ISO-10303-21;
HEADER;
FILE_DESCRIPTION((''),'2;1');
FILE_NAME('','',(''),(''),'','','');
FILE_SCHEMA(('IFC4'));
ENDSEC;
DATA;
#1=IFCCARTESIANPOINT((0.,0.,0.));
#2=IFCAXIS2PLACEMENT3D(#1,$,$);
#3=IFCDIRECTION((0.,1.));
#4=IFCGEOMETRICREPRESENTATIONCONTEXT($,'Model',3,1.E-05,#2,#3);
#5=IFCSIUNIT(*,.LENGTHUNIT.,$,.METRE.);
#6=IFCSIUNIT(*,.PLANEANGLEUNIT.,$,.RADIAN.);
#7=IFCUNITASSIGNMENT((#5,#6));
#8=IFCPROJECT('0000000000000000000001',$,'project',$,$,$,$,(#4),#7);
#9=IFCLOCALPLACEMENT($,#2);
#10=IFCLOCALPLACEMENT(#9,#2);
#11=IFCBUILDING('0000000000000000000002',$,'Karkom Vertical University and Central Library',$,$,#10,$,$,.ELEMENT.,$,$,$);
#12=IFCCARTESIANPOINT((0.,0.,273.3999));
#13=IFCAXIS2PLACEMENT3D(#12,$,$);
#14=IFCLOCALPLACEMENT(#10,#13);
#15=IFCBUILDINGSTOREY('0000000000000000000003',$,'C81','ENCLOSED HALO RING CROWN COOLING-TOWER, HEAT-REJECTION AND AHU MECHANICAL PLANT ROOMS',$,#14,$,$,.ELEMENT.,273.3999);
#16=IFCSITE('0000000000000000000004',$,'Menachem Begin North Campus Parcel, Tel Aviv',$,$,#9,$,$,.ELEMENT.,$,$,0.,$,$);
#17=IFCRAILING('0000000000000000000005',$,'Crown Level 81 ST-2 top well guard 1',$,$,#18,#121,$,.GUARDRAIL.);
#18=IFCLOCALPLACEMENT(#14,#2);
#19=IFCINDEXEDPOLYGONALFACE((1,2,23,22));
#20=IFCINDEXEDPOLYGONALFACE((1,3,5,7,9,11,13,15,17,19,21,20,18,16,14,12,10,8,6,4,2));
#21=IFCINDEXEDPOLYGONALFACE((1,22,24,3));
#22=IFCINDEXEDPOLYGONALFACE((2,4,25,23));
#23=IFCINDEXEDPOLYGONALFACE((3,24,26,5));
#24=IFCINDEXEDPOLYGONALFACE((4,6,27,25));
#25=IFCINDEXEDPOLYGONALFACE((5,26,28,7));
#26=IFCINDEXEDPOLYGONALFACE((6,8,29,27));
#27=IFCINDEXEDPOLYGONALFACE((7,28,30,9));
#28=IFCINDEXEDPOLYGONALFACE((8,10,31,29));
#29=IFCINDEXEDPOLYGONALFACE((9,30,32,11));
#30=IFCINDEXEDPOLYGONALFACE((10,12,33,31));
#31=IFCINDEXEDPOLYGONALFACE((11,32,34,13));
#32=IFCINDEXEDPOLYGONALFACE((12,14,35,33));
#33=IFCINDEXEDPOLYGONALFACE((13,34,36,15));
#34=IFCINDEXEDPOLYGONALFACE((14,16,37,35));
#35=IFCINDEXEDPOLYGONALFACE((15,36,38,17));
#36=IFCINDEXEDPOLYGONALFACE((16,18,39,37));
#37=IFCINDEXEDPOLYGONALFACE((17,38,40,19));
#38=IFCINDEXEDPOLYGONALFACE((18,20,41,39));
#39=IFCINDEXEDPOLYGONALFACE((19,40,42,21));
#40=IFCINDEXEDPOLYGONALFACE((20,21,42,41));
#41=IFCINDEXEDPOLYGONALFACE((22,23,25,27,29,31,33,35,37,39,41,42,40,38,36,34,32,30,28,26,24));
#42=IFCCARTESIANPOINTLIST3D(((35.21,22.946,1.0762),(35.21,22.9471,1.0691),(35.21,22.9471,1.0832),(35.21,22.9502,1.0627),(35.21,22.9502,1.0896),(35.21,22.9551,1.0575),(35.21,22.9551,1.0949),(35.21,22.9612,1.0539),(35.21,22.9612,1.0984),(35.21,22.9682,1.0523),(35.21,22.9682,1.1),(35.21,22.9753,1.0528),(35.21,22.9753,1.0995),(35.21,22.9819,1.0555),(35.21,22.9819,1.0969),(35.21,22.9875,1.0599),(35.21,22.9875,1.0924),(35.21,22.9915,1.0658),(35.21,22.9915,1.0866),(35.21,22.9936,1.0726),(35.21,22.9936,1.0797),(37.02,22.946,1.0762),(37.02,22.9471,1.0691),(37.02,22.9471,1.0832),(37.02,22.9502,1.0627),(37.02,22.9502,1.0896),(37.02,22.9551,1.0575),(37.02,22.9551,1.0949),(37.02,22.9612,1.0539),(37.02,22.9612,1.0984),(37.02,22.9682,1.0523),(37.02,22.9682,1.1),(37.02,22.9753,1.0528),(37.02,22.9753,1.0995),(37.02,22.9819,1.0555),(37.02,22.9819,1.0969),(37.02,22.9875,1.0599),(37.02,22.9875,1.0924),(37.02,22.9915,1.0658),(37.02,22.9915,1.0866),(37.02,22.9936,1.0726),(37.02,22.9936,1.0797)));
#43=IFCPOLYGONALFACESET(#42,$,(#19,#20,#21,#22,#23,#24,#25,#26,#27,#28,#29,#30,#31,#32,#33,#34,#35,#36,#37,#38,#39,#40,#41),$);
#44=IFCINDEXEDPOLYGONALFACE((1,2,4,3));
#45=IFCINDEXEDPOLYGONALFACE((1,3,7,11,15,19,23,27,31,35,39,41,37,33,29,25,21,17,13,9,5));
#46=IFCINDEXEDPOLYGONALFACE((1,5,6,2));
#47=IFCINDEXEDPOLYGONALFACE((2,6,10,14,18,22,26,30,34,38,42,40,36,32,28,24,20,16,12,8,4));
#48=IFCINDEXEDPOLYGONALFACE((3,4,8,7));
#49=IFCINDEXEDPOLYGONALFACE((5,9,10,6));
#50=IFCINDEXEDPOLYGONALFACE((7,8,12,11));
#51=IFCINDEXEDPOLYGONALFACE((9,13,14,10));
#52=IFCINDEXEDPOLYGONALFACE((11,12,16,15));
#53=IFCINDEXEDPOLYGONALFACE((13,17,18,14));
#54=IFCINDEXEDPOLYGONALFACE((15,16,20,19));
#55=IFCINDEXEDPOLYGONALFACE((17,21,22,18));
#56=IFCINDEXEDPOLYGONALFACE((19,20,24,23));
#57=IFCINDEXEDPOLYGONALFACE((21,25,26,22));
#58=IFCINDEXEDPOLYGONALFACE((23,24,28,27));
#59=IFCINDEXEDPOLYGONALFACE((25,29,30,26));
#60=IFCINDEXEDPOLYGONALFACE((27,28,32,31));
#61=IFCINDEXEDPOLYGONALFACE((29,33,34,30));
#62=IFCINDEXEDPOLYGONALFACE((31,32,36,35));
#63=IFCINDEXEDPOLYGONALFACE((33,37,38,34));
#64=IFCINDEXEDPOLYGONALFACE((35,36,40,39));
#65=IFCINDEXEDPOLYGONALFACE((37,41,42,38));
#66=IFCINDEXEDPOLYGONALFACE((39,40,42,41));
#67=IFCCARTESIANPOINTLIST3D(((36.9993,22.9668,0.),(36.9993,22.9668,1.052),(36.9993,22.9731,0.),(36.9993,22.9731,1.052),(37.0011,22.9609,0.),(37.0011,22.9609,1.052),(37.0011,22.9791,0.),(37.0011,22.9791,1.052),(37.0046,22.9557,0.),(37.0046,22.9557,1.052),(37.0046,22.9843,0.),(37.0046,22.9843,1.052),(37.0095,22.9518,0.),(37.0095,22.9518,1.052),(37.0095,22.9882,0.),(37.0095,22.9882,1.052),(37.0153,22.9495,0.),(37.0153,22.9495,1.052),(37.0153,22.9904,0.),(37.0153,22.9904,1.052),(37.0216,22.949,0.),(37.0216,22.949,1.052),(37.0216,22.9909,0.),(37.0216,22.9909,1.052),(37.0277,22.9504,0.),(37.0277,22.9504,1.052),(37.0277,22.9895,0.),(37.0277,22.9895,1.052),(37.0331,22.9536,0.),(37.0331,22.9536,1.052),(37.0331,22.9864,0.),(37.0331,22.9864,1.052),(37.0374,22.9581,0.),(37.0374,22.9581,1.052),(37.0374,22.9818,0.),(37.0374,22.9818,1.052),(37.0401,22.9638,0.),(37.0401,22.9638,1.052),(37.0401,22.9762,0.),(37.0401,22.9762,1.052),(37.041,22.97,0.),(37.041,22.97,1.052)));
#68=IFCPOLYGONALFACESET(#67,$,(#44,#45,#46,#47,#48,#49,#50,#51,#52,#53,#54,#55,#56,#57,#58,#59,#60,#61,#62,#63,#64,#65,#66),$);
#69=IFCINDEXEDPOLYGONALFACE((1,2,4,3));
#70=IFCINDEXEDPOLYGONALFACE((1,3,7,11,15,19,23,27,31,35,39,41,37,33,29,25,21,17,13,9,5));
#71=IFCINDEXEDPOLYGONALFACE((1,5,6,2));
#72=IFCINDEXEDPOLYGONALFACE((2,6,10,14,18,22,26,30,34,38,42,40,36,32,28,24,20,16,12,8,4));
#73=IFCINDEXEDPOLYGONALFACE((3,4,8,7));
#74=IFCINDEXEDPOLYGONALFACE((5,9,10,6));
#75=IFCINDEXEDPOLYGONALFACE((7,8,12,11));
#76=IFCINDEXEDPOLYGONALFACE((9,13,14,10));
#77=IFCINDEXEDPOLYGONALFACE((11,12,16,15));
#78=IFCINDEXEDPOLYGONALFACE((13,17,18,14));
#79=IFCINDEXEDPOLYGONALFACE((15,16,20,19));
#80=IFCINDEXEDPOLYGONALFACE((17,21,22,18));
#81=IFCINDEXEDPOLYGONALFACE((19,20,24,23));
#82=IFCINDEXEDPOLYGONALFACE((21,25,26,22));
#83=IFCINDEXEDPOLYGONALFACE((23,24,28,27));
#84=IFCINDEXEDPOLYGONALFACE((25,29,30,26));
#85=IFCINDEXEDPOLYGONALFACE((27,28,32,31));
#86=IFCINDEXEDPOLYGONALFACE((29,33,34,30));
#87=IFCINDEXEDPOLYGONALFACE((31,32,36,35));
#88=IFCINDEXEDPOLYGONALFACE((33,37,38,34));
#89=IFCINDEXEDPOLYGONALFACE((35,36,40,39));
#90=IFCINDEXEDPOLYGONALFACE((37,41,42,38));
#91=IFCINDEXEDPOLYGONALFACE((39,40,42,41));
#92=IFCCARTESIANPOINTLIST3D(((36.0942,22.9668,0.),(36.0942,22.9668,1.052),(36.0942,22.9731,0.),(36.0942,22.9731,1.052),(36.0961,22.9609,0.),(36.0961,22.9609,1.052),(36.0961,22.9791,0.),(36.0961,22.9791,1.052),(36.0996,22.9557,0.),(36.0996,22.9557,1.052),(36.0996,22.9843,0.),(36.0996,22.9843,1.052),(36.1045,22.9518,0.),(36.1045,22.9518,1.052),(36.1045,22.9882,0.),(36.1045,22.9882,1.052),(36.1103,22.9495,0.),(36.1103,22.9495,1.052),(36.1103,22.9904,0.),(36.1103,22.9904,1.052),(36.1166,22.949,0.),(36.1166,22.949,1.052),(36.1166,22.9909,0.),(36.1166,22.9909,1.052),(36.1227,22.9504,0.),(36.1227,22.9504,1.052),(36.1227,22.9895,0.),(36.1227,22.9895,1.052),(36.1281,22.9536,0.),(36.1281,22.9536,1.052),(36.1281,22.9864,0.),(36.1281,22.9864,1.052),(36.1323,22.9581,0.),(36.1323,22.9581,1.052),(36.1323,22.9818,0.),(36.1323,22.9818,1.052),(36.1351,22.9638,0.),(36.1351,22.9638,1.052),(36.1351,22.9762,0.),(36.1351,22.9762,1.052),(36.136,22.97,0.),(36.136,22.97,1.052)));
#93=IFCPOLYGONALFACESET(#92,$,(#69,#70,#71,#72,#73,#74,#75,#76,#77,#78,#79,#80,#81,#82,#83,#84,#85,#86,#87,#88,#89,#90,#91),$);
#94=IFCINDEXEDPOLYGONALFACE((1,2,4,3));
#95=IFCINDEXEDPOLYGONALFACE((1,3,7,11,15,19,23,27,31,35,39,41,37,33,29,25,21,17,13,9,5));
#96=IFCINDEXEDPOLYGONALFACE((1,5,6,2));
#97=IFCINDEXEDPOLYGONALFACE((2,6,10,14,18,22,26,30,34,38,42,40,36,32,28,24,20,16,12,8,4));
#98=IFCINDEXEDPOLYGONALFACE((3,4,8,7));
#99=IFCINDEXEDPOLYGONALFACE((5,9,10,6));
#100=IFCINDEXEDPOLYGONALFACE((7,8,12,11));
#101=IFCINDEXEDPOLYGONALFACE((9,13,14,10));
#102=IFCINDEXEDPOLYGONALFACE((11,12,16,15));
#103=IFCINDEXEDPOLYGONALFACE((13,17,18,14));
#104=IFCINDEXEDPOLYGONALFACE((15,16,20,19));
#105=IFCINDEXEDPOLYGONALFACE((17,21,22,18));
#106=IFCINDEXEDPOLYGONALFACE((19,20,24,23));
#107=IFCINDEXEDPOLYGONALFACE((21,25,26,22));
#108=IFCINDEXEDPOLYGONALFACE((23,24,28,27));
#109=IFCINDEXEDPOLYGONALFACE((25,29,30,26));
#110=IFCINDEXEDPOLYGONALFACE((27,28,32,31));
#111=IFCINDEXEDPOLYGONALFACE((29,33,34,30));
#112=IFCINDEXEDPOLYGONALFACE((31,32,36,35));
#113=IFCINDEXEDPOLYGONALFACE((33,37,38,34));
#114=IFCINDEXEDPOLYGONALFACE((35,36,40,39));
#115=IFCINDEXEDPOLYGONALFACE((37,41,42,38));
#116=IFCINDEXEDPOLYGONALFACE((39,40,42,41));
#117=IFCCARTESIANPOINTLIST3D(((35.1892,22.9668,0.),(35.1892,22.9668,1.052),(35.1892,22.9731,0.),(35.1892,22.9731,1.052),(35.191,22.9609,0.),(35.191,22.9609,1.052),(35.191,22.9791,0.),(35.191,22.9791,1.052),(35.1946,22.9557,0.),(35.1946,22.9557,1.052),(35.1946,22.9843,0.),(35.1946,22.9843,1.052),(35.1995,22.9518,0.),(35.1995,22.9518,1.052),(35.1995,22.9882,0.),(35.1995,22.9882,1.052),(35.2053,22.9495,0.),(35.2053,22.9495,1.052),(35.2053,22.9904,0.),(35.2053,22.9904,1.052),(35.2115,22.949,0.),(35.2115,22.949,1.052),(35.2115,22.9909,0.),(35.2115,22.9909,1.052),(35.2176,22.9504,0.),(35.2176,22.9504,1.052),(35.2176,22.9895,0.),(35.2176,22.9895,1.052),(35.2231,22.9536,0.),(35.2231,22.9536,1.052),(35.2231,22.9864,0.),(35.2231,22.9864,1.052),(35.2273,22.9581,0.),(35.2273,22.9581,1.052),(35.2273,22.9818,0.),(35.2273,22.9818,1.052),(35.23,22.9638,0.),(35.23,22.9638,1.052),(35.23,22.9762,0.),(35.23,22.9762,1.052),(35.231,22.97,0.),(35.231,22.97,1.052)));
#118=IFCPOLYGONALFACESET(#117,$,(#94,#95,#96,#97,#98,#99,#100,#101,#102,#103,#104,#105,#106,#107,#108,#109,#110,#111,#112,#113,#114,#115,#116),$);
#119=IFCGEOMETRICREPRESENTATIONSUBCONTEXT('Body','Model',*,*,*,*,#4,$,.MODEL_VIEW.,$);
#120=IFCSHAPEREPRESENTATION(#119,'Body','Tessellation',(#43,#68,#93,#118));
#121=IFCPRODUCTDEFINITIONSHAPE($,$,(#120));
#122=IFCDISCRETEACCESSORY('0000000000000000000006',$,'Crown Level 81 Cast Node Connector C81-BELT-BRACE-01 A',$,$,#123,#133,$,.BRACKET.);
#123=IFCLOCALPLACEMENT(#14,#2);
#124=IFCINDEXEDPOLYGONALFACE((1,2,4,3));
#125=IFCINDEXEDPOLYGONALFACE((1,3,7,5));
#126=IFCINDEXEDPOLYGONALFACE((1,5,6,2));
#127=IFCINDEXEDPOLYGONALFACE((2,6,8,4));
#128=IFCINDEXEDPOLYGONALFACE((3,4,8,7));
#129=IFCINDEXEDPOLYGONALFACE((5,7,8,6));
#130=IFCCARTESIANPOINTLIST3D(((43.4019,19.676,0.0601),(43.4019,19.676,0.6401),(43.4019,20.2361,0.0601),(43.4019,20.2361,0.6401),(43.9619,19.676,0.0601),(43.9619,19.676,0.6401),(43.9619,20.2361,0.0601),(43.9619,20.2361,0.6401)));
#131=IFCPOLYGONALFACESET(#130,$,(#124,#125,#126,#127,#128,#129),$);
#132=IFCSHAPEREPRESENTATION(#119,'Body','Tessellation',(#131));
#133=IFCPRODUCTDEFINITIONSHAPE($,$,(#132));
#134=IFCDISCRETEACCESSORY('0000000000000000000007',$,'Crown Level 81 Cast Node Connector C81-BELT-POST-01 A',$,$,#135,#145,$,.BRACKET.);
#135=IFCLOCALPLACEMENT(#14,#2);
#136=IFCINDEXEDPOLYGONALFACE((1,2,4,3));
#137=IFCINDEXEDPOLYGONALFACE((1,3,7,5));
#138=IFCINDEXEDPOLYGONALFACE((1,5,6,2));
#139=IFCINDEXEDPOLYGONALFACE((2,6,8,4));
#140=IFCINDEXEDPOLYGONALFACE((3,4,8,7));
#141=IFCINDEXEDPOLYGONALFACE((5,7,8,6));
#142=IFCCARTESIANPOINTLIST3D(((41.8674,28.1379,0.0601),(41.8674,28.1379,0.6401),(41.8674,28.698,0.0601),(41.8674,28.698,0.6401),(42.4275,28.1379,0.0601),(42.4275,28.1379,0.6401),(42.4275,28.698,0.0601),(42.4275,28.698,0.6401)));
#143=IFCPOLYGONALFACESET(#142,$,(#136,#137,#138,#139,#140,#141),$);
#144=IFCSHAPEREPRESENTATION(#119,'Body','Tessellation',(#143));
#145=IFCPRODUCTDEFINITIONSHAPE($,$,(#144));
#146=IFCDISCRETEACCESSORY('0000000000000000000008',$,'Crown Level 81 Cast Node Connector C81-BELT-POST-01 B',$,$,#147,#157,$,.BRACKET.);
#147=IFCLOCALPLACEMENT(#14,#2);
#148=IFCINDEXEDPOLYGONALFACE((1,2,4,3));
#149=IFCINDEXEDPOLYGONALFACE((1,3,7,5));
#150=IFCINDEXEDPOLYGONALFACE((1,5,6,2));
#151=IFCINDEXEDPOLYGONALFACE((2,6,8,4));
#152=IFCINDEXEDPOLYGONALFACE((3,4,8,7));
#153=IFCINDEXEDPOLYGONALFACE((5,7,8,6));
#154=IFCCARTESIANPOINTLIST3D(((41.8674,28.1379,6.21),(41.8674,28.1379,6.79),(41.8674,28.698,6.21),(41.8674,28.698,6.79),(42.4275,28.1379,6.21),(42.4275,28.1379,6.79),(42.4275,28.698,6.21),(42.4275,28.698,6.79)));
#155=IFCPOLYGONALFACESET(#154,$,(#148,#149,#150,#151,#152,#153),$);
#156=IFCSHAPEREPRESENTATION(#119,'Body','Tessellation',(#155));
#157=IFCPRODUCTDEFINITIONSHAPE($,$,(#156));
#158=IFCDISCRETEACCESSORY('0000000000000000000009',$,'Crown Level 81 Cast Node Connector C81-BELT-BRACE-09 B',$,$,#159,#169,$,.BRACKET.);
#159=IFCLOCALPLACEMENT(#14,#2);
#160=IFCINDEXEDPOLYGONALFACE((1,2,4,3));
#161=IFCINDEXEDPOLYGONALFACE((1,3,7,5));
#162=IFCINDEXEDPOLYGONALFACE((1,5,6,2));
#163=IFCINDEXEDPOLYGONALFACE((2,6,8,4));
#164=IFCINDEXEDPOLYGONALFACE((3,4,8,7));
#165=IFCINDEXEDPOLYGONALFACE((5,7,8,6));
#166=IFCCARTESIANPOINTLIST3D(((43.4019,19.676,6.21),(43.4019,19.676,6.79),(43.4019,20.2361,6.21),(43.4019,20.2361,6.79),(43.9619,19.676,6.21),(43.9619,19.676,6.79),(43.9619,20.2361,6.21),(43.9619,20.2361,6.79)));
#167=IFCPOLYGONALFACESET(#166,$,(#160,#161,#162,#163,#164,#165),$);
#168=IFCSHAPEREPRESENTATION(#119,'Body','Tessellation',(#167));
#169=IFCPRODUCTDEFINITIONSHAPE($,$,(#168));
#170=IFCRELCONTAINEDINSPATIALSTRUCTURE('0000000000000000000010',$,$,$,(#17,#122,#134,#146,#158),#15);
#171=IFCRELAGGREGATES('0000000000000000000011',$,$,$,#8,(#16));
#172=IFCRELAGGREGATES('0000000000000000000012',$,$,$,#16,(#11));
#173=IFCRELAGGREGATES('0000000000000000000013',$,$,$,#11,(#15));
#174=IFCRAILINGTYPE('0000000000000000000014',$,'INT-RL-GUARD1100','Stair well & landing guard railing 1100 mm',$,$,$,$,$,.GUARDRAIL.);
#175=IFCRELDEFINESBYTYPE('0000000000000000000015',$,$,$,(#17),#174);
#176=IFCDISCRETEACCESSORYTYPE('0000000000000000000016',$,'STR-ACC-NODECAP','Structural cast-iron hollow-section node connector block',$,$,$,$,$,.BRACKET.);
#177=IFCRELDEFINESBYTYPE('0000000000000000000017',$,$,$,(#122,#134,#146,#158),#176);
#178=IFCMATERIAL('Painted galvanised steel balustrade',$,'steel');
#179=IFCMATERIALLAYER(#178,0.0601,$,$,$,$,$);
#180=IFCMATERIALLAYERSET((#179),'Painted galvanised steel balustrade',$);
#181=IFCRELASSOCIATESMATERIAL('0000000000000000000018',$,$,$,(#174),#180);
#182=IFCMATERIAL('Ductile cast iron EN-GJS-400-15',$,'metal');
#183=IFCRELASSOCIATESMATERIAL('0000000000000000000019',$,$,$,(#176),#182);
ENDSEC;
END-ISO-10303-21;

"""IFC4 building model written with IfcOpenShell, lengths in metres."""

from ifc_helpers import new_model, si_unit, direction, frame, origin, origin_with_axes, origin_2d, place, context, subcontext, project, spatial, rectangle, circle, extrude, source, transform, mapped, material, layer, layer_set, type_object, element, save


model = new_model("IFC4")

# Units and contexts
model_context = context("Model", 3, precision=1e-05, world=origin(), true_north=direction((0.0, 1.0)))
body_context = subcontext(model_context, "Body", "Model", "MODEL_VIEW")
ifc_project = project(units=[si_unit("LENGTHUNIT", "METRE"), si_unit("PLANEANGLEUNIT", "RADIAN")], contexts=[model_context])

# Site, building, storey
site_placement = place(None, origin())
site = spatial("IfcSite", under=ifc_project, at=site_placement, Name="Menachem Begin North Campus Parcel, Tel Aviv", CompositionType="ELEMENT", RefElevation=0.0)
building_placement = place(site_placement, origin())
building = spatial("IfcBuilding", under=site, at=building_placement, Name="Karkom Vertical University and Central Library", CompositionType="ELEMENT")
storey_placement = place(building_placement, frame((0.0, 0.0, 273.3999)))
storey = spatial("IfcBuildingStorey", under=building, at=storey_placement, Name="C81", Description="ENCLOSED HALO RING CROWN COOLING-TOWER, HEAT-REJECTION AND AHU MECHANICAL PLANT ROOMS", CompositionType="ELEMENT", Elevation=273.3999)

# Railing
ifc_material_1 = material(Name="Painted galvanised steel balustrade", Category="steel")
ifc_layer_1 = layer(ifc_material_1, 0.0601)
ifc_layer_set_1 = layer_set([ifc_layer_1], Name="Painted galvanised steel balustrade")
railing_type = type_object("IfcRailingType", Name="INT-RL-GUARD1100", Description="Stair well & landing guard railing 1100 mm", PredefinedType="GUARDRAIL", material=ifc_layer_set_1)
railing_placement = place(storey_placement, frame((37.02, 22.97, 0.0)))
element("IfcRailing", 1, at=railing_placement, inside=storey, type_object=railing_type, Name="Crown Level 81 ST-2 top well guard 1", PredefinedType="GUARDRAIL", context=body_context, shape_type="SweptSolid", body=[
    extrude(circle(Radius=0.0239, at=origin_2d()), frame((0.0, 0.0, 1.0762), z_axis=(-1.0, 0.0, 0.0), x_axis=(0.0, -1.0, 0.0)), (0.0, 0.0, 1.0), 1.8101),
    extrude(circle(Radius=0.021, at=origin_2d()), origin(), (0.0, 0.0, 1.0), 1.052),
    extrude(circle(Radius=0.021, at=origin_2d()), frame((-0.905, 0.0, 0.0)), (0.0, 0.0, 1.0), 1.052),
    extrude(circle(Radius=0.021, at=origin_2d()), frame((-1.8101, 0.0, 0.0)), (0.0, 0.0, 1.0), 1.052),
])

# Discrete accessories
ifc_material_2 = material(Name="Ductile cast iron EN-GJS-400-15", Category="metal")
discrete_accessory_type = type_object("IfcDiscreteAccessoryType", Name="STR-ACC-NODECAP", Description="Structural cast-iron hollow-section node connector block", PredefinedType="BRACKET", material=ifc_material_2)
shared_shape_1 = source(origin_with_axes(), body_context, "Body", "SweptSolid", [
    extrude(rectangle(XDim=0.5601, YDim=0.5601, at=origin_2d()), origin(), (0.0, 0.0, 1.0), 0.5801),
])
for number, where, z_axis, x_axis, name in (
    (2, (43.6819, 19.9561, 0.0601), (0.0, 0.0, 1.0), (1.0, 0.0, 0.0), "Crown Level 81 Cast Node Connector C81-BELT-BRACE-01 A"),
    (3, (42.1475, 28.418, 0.0601), (0.0, 0.0, 1.0), (1.0, 0.0, 0.0), "Crown Level 81 Cast Node Connector C81-BELT-POST-01 A"),
    (4, (42.1475, 28.418, 6.21), (0.0, 0.0, 1.0), (1.0, 0.0, 0.0), "Crown Level 81 Cast Node Connector C81-BELT-POST-01 B"),
    (5, (43.6819, 19.9561, 6.21), (0.0, 0.0, 1.0), (1.0, 0.0, 0.0), "Crown Level 81 Cast Node Connector C81-BELT-BRACE-09 B"),
):
    element("IfcDiscreteAccessory", number, at=place(storey_placement, frame(where, z_axis=z_axis, x_axis=x_axis)), inside=storey, type_object=discrete_accessory_type, Name=name, PredefinedType="BRACKET", context=body_context, shape_type="MappedRepresentation", body=[
        mapped(shared_shape_1, transform((0.0, 0.0, 0.0), scale=1.0)),
    ])

save(model, "model.ifc")
